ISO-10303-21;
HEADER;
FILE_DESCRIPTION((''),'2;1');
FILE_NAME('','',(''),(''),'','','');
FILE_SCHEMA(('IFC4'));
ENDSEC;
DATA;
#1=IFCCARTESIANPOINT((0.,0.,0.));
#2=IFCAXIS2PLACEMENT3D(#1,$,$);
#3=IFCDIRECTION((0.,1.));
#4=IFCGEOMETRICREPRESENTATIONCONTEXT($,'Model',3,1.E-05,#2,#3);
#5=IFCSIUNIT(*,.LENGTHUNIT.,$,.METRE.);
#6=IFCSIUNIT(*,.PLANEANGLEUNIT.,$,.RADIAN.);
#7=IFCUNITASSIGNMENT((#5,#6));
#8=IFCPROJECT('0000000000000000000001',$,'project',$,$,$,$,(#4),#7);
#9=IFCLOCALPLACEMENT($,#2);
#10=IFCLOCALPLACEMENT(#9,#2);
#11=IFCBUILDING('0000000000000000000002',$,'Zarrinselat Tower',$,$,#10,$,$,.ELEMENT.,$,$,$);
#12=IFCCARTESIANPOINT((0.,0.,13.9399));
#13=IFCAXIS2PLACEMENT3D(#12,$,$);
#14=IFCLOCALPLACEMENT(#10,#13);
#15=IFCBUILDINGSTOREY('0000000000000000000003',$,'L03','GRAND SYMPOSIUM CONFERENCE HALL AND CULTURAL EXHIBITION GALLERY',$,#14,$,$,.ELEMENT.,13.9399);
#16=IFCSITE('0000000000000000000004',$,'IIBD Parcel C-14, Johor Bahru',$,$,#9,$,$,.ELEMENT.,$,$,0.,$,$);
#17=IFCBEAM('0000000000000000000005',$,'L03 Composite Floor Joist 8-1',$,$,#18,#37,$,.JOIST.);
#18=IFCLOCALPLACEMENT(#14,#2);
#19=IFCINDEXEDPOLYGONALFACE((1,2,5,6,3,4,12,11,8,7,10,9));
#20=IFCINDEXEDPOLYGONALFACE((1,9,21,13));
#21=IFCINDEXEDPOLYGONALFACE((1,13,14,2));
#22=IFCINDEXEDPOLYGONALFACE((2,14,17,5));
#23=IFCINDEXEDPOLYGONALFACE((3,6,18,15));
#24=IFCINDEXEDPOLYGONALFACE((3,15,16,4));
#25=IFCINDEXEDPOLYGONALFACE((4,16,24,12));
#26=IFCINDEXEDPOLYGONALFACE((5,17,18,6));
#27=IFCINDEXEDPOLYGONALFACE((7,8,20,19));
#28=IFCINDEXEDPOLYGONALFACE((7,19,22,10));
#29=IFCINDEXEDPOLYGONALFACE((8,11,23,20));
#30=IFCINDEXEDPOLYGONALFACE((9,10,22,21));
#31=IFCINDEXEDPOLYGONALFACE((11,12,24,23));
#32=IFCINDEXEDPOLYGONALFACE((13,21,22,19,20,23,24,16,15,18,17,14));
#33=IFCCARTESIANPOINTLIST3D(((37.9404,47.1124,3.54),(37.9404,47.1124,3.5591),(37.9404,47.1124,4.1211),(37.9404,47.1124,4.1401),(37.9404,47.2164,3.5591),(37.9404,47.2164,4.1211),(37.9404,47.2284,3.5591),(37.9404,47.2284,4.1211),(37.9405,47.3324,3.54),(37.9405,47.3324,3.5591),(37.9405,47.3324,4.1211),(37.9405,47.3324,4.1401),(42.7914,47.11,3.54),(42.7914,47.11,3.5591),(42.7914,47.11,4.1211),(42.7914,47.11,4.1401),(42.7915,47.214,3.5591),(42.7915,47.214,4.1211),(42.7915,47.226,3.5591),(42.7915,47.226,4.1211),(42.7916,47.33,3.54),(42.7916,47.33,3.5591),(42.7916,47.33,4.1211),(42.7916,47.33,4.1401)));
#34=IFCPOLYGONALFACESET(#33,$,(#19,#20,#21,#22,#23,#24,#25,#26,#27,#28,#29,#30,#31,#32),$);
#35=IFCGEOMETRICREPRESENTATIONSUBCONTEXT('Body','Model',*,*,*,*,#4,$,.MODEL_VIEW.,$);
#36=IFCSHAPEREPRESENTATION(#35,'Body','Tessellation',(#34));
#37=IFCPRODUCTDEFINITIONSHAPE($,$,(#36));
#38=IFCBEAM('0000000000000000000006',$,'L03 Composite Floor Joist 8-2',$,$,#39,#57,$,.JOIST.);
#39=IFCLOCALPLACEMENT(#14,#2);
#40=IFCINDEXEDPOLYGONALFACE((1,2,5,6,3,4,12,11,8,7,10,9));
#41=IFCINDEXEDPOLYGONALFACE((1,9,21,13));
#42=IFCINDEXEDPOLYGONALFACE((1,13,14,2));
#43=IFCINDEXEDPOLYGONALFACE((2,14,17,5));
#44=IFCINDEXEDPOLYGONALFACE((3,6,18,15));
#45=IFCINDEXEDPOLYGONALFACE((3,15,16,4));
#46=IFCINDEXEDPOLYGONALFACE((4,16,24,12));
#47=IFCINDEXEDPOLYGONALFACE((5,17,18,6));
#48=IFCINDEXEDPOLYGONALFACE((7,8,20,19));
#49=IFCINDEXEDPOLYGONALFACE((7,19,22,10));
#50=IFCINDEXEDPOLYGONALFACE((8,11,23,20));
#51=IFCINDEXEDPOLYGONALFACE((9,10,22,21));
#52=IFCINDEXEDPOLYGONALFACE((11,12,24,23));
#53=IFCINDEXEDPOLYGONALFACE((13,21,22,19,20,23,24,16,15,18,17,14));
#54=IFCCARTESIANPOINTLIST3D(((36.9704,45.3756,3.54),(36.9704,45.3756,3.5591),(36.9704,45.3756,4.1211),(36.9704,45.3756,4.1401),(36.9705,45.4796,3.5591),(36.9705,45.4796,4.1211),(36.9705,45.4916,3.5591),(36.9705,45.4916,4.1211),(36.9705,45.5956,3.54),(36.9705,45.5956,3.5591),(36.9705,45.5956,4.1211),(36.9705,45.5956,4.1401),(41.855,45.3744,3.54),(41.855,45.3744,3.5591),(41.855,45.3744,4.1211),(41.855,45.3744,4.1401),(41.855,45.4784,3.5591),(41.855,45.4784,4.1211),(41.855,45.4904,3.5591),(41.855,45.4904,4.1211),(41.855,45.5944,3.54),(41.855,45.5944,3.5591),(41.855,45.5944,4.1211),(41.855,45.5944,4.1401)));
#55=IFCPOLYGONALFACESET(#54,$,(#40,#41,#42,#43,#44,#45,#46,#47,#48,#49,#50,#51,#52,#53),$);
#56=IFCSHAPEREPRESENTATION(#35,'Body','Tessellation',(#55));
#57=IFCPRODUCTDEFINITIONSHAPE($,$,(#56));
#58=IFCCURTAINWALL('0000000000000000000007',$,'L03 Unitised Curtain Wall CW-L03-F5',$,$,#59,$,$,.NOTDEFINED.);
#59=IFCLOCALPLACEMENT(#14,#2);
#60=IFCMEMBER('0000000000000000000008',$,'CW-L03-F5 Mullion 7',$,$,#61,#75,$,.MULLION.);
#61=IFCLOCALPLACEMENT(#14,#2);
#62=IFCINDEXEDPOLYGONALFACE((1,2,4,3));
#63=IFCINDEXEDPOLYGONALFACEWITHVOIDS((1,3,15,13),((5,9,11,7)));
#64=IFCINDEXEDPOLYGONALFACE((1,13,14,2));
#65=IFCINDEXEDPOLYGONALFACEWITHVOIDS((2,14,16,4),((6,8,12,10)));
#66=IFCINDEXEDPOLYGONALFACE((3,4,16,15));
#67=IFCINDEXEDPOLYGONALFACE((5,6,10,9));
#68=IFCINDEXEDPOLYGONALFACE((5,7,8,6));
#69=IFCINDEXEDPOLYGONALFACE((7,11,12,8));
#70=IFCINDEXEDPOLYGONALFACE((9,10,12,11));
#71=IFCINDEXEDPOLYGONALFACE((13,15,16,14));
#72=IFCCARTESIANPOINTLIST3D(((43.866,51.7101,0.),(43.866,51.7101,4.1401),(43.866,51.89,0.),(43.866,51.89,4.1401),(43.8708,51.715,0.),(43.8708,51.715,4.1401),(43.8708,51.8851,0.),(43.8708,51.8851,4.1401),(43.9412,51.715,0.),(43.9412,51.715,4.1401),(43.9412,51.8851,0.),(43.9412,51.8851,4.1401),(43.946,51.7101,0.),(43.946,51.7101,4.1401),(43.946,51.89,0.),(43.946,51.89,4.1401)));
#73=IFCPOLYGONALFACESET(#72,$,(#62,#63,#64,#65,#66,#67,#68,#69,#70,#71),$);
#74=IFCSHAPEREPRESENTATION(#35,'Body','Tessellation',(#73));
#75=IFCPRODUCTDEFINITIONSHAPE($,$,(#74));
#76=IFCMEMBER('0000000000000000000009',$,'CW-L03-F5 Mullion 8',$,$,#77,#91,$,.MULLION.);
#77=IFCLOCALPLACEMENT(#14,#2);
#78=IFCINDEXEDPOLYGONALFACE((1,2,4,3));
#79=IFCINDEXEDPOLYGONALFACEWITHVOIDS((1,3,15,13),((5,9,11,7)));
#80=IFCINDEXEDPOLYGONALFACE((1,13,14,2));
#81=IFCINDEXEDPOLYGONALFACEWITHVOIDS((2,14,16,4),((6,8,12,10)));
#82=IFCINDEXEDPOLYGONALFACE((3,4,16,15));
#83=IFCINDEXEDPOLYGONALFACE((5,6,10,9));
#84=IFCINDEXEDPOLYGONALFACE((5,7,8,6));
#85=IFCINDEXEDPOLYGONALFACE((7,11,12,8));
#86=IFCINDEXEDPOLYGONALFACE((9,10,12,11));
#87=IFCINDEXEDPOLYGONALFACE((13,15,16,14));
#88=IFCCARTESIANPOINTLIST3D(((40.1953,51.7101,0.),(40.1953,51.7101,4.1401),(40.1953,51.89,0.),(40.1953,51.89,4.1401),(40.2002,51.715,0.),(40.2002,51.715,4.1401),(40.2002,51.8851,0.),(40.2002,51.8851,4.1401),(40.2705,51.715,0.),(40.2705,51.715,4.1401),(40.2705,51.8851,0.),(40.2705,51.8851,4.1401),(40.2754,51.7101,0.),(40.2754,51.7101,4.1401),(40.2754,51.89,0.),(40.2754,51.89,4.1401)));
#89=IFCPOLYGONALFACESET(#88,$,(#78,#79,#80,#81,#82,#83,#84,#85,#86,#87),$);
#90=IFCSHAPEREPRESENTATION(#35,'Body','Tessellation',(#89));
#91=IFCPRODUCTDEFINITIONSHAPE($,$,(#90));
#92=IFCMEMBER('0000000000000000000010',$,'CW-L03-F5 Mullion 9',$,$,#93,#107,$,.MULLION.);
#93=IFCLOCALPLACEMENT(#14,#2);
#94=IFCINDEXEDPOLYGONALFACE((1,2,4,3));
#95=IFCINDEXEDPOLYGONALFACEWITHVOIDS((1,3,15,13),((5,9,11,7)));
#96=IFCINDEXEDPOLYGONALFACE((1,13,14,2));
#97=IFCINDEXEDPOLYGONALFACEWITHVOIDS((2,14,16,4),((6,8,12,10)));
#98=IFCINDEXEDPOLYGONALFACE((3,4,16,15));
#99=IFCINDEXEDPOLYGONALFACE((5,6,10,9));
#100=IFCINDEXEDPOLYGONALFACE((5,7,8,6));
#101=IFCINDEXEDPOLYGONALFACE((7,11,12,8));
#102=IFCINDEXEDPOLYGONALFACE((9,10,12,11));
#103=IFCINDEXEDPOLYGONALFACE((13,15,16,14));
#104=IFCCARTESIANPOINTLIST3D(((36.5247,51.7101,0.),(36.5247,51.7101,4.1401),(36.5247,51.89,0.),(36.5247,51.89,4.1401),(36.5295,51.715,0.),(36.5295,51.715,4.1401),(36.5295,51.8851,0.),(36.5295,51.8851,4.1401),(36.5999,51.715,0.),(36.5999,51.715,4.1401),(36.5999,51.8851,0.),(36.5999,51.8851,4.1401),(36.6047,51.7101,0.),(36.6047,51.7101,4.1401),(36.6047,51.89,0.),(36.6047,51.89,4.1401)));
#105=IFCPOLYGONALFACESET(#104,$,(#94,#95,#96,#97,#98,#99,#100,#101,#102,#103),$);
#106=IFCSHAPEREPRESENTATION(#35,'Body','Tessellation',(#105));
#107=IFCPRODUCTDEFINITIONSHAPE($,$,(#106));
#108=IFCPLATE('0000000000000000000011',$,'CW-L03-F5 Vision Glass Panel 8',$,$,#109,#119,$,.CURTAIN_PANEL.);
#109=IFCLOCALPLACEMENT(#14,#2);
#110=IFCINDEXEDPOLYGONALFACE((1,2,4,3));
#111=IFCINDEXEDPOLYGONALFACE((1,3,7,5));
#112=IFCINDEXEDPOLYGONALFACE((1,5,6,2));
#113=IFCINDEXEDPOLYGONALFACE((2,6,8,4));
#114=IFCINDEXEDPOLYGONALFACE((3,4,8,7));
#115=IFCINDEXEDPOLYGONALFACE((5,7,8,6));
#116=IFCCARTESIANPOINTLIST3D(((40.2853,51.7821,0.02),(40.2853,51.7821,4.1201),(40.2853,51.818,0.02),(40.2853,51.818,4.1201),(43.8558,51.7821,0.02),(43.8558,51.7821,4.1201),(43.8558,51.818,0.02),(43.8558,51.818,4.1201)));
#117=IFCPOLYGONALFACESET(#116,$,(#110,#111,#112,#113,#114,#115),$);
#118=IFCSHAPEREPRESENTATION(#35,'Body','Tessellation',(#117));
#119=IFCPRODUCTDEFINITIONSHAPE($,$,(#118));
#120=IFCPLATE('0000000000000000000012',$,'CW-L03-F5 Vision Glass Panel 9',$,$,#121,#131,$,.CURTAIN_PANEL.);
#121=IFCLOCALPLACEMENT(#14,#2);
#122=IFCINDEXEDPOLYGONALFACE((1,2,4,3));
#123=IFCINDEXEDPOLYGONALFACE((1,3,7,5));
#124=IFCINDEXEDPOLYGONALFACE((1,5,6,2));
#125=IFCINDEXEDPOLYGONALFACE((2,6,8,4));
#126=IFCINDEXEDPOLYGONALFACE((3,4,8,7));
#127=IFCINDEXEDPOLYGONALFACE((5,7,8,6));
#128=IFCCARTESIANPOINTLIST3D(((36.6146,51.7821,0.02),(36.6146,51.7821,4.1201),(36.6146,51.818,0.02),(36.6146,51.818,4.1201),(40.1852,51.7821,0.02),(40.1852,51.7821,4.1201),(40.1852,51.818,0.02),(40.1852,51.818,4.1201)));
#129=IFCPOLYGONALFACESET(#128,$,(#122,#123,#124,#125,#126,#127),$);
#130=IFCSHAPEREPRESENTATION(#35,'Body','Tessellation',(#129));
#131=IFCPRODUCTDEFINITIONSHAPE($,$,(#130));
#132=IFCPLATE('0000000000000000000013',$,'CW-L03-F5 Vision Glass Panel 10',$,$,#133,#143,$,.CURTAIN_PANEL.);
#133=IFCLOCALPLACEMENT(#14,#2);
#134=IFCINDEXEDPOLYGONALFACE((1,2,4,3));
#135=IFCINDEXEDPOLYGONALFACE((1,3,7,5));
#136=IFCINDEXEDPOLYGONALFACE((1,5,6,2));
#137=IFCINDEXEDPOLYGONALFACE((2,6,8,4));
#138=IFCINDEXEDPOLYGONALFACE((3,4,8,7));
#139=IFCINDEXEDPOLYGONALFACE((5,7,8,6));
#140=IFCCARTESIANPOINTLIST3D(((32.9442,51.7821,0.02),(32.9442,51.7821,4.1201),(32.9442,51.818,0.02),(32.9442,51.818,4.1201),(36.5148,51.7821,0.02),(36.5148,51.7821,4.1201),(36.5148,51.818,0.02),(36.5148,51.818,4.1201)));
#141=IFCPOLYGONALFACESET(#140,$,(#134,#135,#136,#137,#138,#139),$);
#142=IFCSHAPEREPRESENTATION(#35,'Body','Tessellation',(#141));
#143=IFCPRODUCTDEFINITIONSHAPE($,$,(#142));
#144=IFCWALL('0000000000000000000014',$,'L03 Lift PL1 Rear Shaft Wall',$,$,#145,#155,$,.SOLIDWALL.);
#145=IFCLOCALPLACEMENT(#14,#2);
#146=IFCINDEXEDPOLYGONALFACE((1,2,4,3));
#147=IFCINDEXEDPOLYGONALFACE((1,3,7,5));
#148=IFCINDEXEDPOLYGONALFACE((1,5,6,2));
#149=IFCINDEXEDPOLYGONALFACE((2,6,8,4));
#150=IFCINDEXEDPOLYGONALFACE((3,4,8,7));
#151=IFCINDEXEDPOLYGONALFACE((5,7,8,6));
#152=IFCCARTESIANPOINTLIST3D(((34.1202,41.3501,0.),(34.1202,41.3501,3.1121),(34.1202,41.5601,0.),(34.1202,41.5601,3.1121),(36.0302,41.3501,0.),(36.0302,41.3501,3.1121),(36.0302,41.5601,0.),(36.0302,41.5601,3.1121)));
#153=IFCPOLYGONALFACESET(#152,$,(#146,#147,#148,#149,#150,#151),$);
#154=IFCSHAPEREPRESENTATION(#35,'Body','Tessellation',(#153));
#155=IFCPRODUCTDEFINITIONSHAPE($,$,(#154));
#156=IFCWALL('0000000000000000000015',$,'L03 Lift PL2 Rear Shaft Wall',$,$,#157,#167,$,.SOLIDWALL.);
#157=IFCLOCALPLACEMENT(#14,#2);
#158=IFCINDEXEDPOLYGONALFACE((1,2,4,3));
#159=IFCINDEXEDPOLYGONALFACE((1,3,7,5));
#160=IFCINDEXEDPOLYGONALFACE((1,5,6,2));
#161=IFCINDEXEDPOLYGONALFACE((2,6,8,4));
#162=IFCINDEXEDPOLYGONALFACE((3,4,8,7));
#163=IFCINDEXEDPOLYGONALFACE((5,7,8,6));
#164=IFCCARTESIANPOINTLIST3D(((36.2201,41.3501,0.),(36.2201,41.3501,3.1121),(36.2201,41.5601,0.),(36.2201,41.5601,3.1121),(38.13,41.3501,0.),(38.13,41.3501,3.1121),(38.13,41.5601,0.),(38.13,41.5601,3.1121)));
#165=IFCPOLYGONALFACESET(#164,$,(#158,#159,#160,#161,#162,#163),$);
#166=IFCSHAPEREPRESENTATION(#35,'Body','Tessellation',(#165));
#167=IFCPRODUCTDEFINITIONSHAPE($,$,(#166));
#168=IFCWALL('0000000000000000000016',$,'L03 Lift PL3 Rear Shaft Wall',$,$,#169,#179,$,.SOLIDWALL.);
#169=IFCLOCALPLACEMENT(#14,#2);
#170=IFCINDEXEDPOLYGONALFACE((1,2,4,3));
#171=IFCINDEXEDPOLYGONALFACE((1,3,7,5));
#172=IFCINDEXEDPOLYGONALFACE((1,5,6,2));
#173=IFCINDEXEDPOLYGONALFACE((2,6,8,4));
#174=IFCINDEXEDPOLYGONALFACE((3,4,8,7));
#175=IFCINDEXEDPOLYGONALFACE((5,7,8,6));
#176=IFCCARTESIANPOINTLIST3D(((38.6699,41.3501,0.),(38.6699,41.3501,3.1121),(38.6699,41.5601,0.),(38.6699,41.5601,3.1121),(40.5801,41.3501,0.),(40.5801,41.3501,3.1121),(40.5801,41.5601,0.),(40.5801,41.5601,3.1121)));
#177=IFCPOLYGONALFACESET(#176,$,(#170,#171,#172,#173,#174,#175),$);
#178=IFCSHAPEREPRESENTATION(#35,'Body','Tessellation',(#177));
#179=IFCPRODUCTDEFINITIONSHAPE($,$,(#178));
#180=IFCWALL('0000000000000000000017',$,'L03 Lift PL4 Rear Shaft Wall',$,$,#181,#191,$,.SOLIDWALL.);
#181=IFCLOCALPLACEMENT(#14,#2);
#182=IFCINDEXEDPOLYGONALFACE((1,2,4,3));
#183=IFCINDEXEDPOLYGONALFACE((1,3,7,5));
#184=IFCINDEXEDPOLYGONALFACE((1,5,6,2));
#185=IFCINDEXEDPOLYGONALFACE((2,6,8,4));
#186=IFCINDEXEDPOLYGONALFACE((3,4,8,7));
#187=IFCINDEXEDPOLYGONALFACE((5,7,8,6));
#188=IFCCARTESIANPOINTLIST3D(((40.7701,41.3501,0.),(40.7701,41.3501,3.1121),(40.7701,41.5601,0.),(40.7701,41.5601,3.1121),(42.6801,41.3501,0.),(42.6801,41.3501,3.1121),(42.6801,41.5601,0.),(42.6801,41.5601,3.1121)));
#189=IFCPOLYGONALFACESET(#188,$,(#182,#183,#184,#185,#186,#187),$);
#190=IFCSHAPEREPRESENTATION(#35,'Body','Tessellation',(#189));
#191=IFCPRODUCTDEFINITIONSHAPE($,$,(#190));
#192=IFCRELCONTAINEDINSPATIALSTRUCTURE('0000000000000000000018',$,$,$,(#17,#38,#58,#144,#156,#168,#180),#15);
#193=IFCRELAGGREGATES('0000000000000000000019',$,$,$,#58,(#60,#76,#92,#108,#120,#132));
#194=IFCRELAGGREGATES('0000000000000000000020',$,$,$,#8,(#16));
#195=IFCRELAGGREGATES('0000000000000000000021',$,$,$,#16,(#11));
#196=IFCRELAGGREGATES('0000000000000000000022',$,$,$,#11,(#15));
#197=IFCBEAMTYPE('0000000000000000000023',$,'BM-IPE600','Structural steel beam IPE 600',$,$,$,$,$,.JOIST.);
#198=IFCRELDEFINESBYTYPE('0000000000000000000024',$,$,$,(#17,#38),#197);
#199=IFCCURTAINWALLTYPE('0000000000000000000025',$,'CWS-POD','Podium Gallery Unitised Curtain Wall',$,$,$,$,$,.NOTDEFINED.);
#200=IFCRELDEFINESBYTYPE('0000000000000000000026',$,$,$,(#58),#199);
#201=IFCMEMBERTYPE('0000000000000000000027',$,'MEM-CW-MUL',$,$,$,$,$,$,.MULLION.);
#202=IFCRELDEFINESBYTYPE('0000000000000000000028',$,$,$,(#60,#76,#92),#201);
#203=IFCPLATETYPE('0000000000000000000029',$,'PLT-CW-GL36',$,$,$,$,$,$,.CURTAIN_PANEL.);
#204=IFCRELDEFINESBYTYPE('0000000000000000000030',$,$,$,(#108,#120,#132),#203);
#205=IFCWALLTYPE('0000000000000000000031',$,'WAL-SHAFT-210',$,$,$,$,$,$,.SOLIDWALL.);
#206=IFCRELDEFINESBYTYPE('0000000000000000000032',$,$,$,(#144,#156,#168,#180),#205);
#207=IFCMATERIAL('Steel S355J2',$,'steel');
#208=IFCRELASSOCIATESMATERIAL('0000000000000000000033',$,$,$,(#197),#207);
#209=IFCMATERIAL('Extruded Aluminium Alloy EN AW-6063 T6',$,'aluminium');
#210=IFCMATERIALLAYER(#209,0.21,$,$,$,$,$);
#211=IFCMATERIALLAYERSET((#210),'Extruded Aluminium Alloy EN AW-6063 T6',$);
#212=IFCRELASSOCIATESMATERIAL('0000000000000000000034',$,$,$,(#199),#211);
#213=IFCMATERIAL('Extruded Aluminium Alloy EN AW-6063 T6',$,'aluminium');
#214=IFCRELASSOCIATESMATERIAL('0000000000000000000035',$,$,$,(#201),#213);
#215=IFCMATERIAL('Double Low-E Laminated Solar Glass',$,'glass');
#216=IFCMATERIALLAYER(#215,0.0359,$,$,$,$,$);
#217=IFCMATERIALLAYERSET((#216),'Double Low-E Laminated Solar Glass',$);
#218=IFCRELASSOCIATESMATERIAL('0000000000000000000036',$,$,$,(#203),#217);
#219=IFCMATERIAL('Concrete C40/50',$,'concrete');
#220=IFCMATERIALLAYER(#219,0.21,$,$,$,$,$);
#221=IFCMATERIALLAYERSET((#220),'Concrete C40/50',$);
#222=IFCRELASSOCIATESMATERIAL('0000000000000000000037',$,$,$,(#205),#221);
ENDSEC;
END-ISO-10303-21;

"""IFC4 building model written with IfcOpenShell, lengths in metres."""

from ifc_helpers import new_model, si_unit, direction, frame, frame_2d, origin, origin_2d, place, context, subcontext, project, spatial, rectangle, hollow_rectangle, i_section, extrude, material, layer, layer_set, material_profile, profile_set, type_object, element, aggregate, save


model = new_model("IFC4")

# Units and contexts
model_context = context("Model", 3, precision=1e-05, world=origin(), true_north=direction((0.0, 1.0)))
body_context = subcontext(model_context, "Body", "Model", "MODEL_VIEW")
ifc_project = project(units=[si_unit("LENGTHUNIT", "METRE"), si_unit("PLANEANGLEUNIT", "RADIAN")], contexts=[model_context])

# Site, building, storey
site_placement = place(None, origin())
site = spatial("IfcSite", under=ifc_project, at=site_placement, Name="IIBD Parcel C-14, Johor Bahru", CompositionType="ELEMENT", RefElevation=0.0)
building_placement = place(site_placement, origin())
building = spatial("IfcBuilding", under=site, at=building_placement, Name="Zarrinselat Tower", CompositionType="ELEMENT")
storey_placement = place(building_placement, frame((0.0, 0.0, 13.9399)))
storey = spatial("IfcBuildingStorey", under=building, at=storey_placement, Name="L03", Description="GRAND SYMPOSIUM CONFERENCE HALL AND CULTURAL EXHIBITION GALLERY", CompositionType="ELEMENT", Elevation=13.9399)

# Beams
ifc_material_1 = material(Name="Steel S355J2", Category="steel")
ifc_material_profile_1 = material_profile(ifc_material_1, i_section(OverallWidth=0.22, OverallDepth=0.6001, WebThickness=0.012, FlangeThickness=0.019, at=origin_2d()), Name="IPE 600")
ifc_profile_set_1 = profile_set([ifc_material_profile_1], Name="Steel S355J2")
beam_type_1 = type_object("IfcBeamType", Name="BM-IPE600", Description="Structural steel beam IPE 600", PredefinedType="JOIST", material=ifc_profile_set_1)
beam_1_placement = place(storey_placement, frame((37.9404, 47.2224, 3.8401), z_axis=(1.0, -0.000503, 0.0), x_axis=(0.000503, 1.0, 0.0)))
element("IfcBeam", 1, at=beam_1_placement, inside=storey, type_object=beam_type_1, Name="L03 Composite Floor Joist 8-1", PredefinedType="JOIST", context=body_context, shape_type="SweptSolid", body=[
    extrude(i_section(OverallWidth=0.22, OverallDepth=0.6001, WebThickness=0.012, FlangeThickness=0.019, at=origin_2d()), origin(), (0.0, 0.0, 1.0), 4.8511),
])
beam_2_placement = place(storey_placement, frame((36.9705, 45.4856, 3.8401), z_axis=(1.0, -0.00025, 0.0), x_axis=(0.00025, 1.0, 0.0)))
element("IfcBeam", 2, at=beam_2_placement, inside=storey, type_object=beam_type_1, Name="L03 Composite Floor Joist 8-2", PredefinedType="JOIST", context=body_context, shape_type="SweptSolid", body=[
    extrude(i_section(OverallWidth=0.22, OverallDepth=0.6001, WebThickness=0.012, FlangeThickness=0.019, at=origin_2d()), origin(), (0.0, 0.0, 1.0), 4.8845),
])

# Curtain wall, members, plates
ifc_material_2 = material(Name="Extruded Aluminium Alloy EN AW-6063 T6", Category="aluminium")
ifc_layer_1 = layer(ifc_material_2, 0.21)
ifc_layer_set_1 = layer_set([ifc_layer_1], Name="Extruded Aluminium Alloy EN AW-6063 T6")
curtain_wall_type = type_object("IfcCurtainWallType", Name="CWS-POD", Description="Podium Gallery Unitised Curtain Wall", PredefinedType="NOTDEFINED", material=ifc_layer_set_1)
curtain_wall_placement = place(storey_placement, origin())
curtain_wall = element("IfcCurtainWall", 3, at=curtain_wall_placement, inside=storey, type_object=curtain_wall_type, Name="L03 Unitised Curtain Wall CW-L03-F5", PredefinedType="NOTDEFINED")
ifc_material_3 = material(Name="Extruded Aluminium Alloy EN AW-6063 T6", Category="aluminium")
ifc_material_profile_2 = material_profile(ifc_material_3, hollow_rectangle(XDim=0.0801, YDim=0.1799, WallThickness=0.0049, at=origin_2d()), Name="RHS 180x80x5")
ifc_profile_set_2 = profile_set([ifc_material_profile_2], Name="Extruded Aluminium Alloy EN AW-6063 T6")
member_type = type_object("IfcMemberType", Name="MEM-CW-MUL", PredefinedType="MULLION", material=ifc_profile_set_2)
member_1_placement = place(storey_placement, frame((43.906, 51.8, 0.0), z_axis=(0.0, 0.0, 1.0), x_axis=(-1.0, 0.0, 0.0)))
member_1 = element("IfcMember", 4, at=member_1_placement, type_object=member_type, Name="CW-L03-F5 Mullion 7", PredefinedType="MULLION", context=body_context, shape_type="SweptSolid", body=[
    extrude(hollow_rectangle(XDim=0.0801, YDim=0.1799, WallThickness=0.0049, at=origin_2d()), origin(), (0.0, 0.0, 1.0), 4.1401),
])
member_2_placement = place(storey_placement, frame((40.2354, 51.8, 0.0), z_axis=(0.0, 0.0, 1.0), x_axis=(-1.0, 0.0, 0.0)))
member_2 = element("IfcMember", 5, at=member_2_placement, type_object=member_type, Name="CW-L03-F5 Mullion 8", PredefinedType="MULLION", context=body_context, shape_type="SweptSolid", body=[
    extrude(hollow_rectangle(XDim=0.0801, YDim=0.1799, WallThickness=0.0049, at=origin_2d()), origin(), (0.0, 0.0, 1.0), 4.1401),
])
member_3_placement = place(storey_placement, frame((36.5647, 51.8, 0.0), z_axis=(0.0, 0.0, 1.0), x_axis=(-1.0, 0.0, 0.0)))
member_3 = element("IfcMember", 6, at=member_3_placement, type_object=member_type, Name="CW-L03-F5 Mullion 9", PredefinedType="MULLION", context=body_context, shape_type="SweptSolid", body=[
    extrude(hollow_rectangle(XDim=0.0801, YDim=0.1799, WallThickness=0.0049, at=origin_2d()), origin(), (0.0, 0.0, 1.0), 4.1401),
])
ifc_material_4 = material(Name="Double Low-E Laminated Solar Glass", Category="glass")
ifc_layer_2 = layer(ifc_material_4, 0.0359)
ifc_layer_set_2 = layer_set([ifc_layer_2], Name="Double Low-E Laminated Solar Glass")
plate_type = type_object("IfcPlateType", Name="PLT-CW-GL36", PredefinedType="CURTAIN_PANEL", material=ifc_layer_set_2)
plate_1_placement = place(storey_placement, frame((42.0706, 51.8, 0.02), z_axis=(0.0, 0.0, 1.0), x_axis=(-1.0, 0.0, 0.0)))
plate_1 = element("IfcPlate", 7, at=plate_1_placement, type_object=plate_type, Name="CW-L03-F5 Vision Glass Panel 8", PredefinedType="CURTAIN_PANEL", context=body_context, shape_type="SweptSolid", body=[
    extrude(rectangle(XDim=3.5706, YDim=0.0359, at=origin_2d()), origin(), (0.0, 0.0, 1.0), 4.1001),
])
plate_2_placement = place(storey_placement, frame((38.3999, 51.8, 0.02), z_axis=(0.0, 0.0, 1.0), x_axis=(-1.0, 0.0, 0.0)))
plate_2 = element("IfcPlate", 8, at=plate_2_placement, type_object=plate_type, Name="CW-L03-F5 Vision Glass Panel 9", PredefinedType="CURTAIN_PANEL", context=body_context, shape_type="SweptSolid", body=[
    extrude(rectangle(XDim=3.5706, YDim=0.0359, at=origin_2d()), origin(), (0.0, 0.0, 1.0), 4.1001),
])
plate_3_placement = place(storey_placement, frame((34.7295, 51.8, 0.02), z_axis=(0.0, 0.0, 1.0), x_axis=(-1.0, 0.0, 0.0)))
plate_3 = element("IfcPlate", 9, at=plate_3_placement, type_object=plate_type, Name="CW-L03-F5 Vision Glass Panel 10", PredefinedType="CURTAIN_PANEL", context=body_context, shape_type="SweptSolid", body=[
    extrude(rectangle(XDim=3.5706, YDim=0.0359, at=origin_2d()), origin(), (0.0, 0.0, 1.0), 4.1001),
])
aggregate(curtain_wall, [member_1, member_2, member_3, plate_1, plate_2, plate_3])

# Walls
ifc_material_5 = material(Name="Concrete C40/50", Category="concrete")
ifc_layer_3 = layer(ifc_material_5, 0.21)
ifc_layer_set_3 = layer_set([ifc_layer_3], Name="Concrete C40/50")
wall_type_1 = type_object("IfcWallType", Name="WAL-SHAFT-210", PredefinedType="SOLIDWALL", material=ifc_layer_set_3)
for number, where, z_axis, x_axis, name in (
    (10, (34.1201, 41.4551, 0.0), (0.0, 0.0, 1.0), (1.0, 0.0, 0.0), "L03 Lift PL1 Rear Shaft Wall"),
    (11, (36.22, 41.4551, 0.0), (0.0, 0.0, 1.0), (1.0, 0.0, 0.0), "L03 Lift PL2 Rear Shaft Wall"),
):
    element("IfcWall", number, at=place(storey_placement, frame(where, z_axis=z_axis, x_axis=x_axis)), inside=storey, type_object=wall_type_1, Name=name, PredefinedType="SOLIDWALL", context=body_context, shape_type="SweptSolid", body=[
        extrude(rectangle(XDim=1.9099, YDim=0.21, at=frame_2d((0.9551, 0.0))), origin(), (0.0, 0.0, 1.0), 3.1121),
    ])
wall_1_placement = place(storey_placement, frame((38.6699, 41.4551, 0.0), z_axis=(0.0, 0.0, 1.0), x_axis=(1.0, 0.0, 0.0)))
element("IfcWall", 12, at=wall_1_placement, inside=storey, type_object=wall_type_1, Name="L03 Lift PL3 Rear Shaft Wall", PredefinedType="SOLIDWALL", context=body_context, shape_type="SweptSolid", body=[
    extrude(rectangle(XDim=1.9102, YDim=0.21, at=frame_2d((0.9551, 0.0))), origin(), (0.0, 0.0, 1.0), 3.1121),
])
wall_2_placement = place(storey_placement, frame((40.77, 41.4551, 0.0), z_axis=(0.0, 0.0, 1.0), x_axis=(1.0, 0.0, 0.0)))
element("IfcWall", 13, at=wall_2_placement, inside=storey, type_object=wall_type_1, Name="L03 Lift PL4 Rear Shaft Wall", PredefinedType="SOLIDWALL", context=body_context, shape_type="SweptSolid", body=[
    extrude(rectangle(XDim=1.9099, YDim=0.21, at=frame_2d((0.9551, 0.0))), origin(), (0.0, 0.0, 1.0), 3.1121),
])

save(model, "model.ifc")
